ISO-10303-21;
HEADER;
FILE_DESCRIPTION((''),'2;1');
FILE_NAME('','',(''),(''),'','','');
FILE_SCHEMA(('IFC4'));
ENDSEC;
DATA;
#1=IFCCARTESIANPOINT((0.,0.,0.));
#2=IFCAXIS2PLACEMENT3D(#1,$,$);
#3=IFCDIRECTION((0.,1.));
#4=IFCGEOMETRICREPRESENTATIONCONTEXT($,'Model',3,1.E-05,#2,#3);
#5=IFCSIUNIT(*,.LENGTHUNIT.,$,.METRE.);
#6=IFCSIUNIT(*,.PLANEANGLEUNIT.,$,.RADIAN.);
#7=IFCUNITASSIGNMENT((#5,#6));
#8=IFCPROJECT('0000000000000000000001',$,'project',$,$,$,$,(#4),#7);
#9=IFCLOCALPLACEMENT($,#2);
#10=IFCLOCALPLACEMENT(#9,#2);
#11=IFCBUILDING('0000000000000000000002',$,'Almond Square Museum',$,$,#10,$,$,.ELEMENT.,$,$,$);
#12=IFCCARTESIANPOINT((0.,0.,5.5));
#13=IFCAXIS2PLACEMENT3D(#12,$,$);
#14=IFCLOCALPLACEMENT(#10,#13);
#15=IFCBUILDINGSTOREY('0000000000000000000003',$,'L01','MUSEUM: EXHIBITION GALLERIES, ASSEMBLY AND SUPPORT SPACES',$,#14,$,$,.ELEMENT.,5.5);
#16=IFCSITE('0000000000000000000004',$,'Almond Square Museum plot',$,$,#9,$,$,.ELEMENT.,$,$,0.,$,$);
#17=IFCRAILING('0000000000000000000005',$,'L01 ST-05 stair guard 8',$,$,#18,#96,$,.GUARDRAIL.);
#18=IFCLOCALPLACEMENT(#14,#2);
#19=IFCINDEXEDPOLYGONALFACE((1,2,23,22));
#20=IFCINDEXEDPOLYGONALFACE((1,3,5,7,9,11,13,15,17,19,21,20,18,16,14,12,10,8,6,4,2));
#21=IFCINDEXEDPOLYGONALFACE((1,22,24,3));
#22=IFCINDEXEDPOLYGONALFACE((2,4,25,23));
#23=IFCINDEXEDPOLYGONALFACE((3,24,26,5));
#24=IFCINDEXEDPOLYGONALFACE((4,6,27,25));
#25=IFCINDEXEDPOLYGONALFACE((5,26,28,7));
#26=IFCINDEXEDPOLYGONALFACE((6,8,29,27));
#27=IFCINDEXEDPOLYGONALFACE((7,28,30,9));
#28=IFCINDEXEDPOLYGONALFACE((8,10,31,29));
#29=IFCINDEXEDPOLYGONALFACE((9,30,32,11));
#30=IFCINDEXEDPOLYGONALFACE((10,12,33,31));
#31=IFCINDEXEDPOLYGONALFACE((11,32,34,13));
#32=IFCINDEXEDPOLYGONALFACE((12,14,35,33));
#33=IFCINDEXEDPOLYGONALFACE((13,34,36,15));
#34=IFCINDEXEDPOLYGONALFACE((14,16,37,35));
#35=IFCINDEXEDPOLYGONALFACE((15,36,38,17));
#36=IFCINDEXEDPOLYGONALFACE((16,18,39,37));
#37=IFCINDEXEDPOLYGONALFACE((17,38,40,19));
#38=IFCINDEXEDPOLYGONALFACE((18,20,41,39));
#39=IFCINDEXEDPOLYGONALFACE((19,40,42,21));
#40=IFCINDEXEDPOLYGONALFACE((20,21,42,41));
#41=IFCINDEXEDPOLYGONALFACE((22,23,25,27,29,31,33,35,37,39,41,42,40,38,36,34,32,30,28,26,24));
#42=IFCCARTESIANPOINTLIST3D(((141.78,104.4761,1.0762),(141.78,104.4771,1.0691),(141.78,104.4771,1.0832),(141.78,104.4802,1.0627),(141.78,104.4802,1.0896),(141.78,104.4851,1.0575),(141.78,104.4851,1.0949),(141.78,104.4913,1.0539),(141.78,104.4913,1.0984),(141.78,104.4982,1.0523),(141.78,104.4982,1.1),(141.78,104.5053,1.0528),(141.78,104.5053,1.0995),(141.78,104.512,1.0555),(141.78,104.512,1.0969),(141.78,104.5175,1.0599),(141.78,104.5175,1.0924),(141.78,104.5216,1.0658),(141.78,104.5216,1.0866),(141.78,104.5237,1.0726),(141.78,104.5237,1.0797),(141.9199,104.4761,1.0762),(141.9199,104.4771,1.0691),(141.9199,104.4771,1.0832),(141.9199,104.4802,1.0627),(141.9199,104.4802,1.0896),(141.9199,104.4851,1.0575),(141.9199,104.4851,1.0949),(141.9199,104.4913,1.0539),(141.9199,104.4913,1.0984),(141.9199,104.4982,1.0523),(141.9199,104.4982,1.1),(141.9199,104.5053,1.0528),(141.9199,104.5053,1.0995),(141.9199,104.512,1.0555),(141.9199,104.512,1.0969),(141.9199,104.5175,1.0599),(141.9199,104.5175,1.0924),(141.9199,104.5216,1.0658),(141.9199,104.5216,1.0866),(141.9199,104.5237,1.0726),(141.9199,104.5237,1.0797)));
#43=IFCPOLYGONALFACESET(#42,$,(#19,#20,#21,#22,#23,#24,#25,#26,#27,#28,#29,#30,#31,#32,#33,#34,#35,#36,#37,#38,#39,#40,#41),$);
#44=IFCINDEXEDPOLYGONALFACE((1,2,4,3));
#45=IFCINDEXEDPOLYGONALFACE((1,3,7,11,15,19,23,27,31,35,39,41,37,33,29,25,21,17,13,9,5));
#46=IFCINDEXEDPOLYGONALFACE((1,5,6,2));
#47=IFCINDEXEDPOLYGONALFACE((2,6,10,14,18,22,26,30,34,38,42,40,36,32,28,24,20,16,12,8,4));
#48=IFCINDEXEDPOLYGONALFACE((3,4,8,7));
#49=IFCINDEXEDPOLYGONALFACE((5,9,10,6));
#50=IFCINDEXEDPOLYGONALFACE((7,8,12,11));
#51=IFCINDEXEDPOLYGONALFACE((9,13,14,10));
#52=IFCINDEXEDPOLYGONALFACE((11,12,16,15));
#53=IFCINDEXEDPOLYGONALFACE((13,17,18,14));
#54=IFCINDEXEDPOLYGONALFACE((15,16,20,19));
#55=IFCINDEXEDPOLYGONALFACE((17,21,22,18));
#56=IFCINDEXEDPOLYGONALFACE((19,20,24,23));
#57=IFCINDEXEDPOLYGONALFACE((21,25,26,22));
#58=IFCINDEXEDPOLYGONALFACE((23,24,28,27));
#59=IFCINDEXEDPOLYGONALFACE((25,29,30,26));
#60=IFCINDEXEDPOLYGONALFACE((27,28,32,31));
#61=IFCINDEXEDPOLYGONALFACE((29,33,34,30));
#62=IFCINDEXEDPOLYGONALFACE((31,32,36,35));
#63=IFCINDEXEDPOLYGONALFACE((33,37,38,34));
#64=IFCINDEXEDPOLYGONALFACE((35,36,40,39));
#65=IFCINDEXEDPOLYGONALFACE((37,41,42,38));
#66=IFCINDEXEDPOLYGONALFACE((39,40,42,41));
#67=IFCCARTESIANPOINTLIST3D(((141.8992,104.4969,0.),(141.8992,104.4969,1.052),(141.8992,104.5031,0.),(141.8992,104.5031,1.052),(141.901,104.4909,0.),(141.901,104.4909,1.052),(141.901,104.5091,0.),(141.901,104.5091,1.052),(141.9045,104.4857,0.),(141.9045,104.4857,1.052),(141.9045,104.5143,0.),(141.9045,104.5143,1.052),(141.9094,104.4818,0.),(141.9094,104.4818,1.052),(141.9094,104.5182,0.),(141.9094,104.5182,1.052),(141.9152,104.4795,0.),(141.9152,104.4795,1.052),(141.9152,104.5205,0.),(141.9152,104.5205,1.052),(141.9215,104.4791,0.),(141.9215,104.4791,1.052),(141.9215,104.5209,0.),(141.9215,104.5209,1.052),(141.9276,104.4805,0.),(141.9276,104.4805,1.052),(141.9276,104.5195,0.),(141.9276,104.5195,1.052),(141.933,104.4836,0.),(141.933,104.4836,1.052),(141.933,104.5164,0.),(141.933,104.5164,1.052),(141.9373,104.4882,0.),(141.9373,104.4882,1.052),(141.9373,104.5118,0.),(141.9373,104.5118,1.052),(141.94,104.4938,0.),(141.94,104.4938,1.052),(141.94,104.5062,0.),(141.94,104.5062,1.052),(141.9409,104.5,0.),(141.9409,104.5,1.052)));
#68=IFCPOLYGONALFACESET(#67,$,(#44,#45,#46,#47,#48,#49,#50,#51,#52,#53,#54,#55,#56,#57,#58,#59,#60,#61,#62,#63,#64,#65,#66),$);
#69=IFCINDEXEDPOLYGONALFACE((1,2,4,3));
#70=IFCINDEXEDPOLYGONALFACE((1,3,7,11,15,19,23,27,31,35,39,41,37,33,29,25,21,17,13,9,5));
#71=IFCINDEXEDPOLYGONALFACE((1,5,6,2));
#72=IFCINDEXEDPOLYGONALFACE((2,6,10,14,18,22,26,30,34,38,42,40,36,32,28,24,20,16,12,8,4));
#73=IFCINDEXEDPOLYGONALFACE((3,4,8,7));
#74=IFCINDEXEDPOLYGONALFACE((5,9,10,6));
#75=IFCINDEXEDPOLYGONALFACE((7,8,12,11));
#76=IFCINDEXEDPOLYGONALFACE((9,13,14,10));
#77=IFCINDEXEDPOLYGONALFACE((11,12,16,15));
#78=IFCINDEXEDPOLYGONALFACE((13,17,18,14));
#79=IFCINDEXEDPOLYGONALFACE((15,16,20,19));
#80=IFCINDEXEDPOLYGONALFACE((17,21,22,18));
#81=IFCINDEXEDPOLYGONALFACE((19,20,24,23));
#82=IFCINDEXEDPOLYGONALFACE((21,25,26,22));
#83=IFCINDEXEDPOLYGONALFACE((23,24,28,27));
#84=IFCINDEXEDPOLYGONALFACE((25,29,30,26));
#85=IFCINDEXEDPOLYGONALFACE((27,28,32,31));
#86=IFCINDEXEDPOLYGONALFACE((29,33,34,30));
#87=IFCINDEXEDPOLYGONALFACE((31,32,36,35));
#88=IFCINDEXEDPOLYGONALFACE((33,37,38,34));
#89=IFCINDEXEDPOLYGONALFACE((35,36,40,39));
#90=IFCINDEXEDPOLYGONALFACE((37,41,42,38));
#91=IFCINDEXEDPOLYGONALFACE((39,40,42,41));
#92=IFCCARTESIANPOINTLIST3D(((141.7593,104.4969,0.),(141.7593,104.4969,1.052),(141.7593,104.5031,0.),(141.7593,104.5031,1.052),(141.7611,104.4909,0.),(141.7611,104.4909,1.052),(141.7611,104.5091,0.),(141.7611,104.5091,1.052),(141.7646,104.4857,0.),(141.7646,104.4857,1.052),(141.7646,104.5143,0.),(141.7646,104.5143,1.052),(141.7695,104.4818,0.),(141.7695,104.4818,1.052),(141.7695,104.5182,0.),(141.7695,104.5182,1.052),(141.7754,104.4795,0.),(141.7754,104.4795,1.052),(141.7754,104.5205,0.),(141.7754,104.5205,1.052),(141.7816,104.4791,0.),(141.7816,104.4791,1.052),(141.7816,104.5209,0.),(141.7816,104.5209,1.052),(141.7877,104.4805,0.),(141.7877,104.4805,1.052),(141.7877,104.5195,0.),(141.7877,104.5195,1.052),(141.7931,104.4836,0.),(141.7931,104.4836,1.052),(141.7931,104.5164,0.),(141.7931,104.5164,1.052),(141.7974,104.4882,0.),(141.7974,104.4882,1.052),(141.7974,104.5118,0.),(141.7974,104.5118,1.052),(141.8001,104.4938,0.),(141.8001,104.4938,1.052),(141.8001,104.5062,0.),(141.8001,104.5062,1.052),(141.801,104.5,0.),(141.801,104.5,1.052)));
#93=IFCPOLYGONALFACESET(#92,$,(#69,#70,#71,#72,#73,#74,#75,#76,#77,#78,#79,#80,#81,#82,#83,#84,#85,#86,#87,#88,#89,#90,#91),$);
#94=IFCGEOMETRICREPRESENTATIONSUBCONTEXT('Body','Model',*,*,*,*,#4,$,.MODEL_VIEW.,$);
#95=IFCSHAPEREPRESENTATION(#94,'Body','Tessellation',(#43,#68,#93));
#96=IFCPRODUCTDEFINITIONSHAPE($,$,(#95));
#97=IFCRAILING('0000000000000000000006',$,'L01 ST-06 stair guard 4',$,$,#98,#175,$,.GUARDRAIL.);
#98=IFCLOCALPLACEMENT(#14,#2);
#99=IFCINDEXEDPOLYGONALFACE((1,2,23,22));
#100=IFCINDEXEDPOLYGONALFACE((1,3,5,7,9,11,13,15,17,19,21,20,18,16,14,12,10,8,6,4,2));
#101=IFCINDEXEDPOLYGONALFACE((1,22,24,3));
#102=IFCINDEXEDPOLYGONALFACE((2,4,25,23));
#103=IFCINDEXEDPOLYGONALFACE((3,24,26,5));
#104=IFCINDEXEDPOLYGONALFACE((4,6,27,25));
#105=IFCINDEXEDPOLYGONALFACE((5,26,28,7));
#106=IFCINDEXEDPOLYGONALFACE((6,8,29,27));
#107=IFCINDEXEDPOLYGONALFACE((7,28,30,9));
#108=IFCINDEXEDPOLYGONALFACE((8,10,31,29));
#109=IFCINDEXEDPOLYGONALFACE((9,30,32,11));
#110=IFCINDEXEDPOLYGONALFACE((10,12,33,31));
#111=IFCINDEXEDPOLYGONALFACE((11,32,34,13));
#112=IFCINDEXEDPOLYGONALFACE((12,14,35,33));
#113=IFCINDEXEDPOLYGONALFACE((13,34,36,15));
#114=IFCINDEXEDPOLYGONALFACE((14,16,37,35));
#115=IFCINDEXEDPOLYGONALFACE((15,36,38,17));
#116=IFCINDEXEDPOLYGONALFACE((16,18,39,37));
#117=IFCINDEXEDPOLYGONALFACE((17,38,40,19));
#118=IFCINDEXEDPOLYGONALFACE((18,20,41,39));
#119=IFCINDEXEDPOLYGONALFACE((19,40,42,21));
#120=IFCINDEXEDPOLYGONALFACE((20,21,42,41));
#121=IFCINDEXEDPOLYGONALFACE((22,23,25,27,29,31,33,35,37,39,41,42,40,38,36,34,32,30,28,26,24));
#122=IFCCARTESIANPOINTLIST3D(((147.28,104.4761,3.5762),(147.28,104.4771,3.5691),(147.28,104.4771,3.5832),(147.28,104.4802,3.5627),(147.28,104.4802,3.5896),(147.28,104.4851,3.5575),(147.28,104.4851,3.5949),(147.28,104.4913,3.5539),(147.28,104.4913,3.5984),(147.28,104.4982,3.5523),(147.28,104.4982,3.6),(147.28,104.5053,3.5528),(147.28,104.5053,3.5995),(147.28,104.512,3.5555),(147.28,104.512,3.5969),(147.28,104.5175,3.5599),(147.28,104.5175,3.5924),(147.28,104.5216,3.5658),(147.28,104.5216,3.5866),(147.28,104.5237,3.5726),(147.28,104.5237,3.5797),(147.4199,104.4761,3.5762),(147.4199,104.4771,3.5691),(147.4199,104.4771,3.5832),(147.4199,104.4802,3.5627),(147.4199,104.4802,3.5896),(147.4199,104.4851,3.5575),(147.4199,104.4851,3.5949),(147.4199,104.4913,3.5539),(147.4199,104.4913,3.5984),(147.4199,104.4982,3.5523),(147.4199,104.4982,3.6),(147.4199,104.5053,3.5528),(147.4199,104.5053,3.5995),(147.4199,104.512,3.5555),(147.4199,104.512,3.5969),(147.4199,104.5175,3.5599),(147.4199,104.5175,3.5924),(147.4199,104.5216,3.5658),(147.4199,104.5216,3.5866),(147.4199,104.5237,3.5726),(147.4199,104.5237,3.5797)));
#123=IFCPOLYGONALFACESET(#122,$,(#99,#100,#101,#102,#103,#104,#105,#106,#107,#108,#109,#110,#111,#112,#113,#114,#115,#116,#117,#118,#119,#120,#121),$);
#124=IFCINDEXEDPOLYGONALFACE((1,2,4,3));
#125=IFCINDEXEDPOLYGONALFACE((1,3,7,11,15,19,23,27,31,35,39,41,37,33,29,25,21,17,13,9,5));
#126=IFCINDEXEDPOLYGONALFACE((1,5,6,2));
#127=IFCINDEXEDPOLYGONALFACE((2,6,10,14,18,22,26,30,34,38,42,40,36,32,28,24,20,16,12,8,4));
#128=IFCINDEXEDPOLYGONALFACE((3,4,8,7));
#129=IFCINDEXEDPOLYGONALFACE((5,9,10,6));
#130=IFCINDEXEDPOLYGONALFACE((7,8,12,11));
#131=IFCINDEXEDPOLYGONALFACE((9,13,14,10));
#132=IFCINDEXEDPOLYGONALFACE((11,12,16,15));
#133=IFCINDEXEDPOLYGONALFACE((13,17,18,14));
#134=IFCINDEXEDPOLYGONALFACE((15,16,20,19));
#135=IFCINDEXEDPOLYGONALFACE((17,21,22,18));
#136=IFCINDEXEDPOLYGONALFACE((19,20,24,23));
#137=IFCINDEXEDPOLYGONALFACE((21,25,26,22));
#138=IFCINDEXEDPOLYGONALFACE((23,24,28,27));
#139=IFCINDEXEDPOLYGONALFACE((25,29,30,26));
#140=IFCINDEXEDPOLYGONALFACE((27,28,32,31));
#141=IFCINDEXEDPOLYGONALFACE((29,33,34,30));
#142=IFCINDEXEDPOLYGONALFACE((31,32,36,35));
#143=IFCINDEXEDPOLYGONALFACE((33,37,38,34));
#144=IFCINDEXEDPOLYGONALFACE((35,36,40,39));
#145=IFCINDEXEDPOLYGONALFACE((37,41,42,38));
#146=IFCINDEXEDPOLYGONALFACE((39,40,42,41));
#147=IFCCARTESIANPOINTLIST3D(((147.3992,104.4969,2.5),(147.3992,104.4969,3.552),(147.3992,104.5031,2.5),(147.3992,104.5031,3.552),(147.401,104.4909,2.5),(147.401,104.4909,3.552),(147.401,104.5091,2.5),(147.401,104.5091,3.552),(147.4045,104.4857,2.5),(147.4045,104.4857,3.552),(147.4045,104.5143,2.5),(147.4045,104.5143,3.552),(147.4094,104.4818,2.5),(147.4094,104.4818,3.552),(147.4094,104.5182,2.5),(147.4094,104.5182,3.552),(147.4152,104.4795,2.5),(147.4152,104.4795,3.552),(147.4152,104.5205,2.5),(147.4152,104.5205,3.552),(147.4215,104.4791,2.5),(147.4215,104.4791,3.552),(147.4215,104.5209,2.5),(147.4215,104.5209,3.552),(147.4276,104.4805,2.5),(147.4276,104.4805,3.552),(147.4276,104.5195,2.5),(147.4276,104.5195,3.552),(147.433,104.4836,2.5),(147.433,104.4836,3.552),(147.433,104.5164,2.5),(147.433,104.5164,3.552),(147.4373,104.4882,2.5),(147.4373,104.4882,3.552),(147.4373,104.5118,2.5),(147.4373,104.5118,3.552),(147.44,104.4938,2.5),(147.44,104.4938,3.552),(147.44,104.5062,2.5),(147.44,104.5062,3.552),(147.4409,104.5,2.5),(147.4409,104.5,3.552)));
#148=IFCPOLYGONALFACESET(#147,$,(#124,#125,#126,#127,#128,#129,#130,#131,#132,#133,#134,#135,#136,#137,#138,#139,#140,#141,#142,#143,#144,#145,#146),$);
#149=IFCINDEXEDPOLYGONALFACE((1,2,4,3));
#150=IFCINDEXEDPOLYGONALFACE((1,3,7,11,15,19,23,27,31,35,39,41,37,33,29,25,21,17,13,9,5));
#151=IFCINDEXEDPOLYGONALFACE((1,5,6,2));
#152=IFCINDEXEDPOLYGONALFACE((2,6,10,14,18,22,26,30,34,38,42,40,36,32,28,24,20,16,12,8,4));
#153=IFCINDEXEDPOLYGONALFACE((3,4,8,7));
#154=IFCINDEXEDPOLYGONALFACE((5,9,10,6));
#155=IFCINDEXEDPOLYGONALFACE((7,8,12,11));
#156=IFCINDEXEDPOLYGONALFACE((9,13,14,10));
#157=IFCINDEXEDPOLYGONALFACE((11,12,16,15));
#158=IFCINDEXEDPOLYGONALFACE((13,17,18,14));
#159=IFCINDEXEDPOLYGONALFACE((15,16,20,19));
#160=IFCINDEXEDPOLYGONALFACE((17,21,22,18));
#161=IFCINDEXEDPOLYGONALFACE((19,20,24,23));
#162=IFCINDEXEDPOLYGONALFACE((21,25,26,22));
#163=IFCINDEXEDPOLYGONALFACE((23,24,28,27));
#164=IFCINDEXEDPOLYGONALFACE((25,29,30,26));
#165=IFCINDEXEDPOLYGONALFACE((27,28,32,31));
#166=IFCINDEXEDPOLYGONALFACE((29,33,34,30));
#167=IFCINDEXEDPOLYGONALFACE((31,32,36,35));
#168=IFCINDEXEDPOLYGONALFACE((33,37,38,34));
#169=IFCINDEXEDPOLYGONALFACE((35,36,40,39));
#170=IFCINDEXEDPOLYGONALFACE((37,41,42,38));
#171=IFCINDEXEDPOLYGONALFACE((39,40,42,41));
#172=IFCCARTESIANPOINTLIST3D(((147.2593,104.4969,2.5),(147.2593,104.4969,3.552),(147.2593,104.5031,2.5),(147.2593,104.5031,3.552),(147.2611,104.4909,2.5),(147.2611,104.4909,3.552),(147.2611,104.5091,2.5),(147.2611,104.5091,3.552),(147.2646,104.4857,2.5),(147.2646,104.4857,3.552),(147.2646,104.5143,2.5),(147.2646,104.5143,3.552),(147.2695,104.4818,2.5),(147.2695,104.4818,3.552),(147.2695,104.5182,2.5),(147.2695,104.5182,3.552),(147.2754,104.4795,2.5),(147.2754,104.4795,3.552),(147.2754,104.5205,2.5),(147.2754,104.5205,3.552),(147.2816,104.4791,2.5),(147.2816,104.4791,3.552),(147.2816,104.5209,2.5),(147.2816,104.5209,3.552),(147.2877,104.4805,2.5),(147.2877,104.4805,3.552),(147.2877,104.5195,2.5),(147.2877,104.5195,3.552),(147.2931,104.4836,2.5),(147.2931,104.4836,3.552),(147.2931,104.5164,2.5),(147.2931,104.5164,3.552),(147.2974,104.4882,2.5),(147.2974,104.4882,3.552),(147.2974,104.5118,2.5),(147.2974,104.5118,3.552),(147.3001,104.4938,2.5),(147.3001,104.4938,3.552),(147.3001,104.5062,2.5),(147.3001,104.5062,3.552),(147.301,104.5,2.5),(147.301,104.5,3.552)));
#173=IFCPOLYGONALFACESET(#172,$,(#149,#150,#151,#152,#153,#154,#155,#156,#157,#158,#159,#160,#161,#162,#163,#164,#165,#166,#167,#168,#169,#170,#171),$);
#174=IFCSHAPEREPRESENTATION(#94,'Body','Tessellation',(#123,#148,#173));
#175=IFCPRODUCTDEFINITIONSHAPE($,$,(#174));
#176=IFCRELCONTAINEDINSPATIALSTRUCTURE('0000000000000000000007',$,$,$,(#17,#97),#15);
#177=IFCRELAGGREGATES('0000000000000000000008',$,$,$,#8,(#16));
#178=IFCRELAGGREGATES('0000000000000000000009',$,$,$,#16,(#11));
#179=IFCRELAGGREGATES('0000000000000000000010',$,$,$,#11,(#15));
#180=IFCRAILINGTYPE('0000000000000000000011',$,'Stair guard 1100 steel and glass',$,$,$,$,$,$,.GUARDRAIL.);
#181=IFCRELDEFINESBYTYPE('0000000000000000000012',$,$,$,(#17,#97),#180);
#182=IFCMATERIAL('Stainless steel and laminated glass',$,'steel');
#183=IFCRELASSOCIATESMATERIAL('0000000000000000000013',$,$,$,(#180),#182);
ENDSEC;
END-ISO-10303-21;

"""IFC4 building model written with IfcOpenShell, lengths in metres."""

from ifc_helpers import new_model, si_unit, direction, frame, origin, origin_2d, place, context, subcontext, project, spatial, circle, extrude, material, type_object, element, save


model = new_model("IFC4")

# Units and contexts
model_context = context("Model", 3, precision=1e-05, world=origin(), true_north=direction((0.0, 1.0)))
body_context = subcontext(model_context, "Body", "Model", "MODEL_VIEW")
ifc_project = project(units=[si_unit("LENGTHUNIT", "METRE"), si_unit("PLANEANGLEUNIT", "RADIAN")], contexts=[model_context])

# Site, building, storey
site_placement = place(None, origin())
site = spatial("IfcSite", under=ifc_project, at=site_placement, Name="Almond Square Museum plot", CompositionType="ELEMENT", RefElevation=0.0)
building_placement = place(site_placement, origin())
building = spatial("IfcBuilding", under=site, at=building_placement, Name="Almond Square Museum", CompositionType="ELEMENT")
storey_placement = place(building_placement, frame((0.0, 0.0, 5.5)))
storey = spatial("IfcBuildingStorey", under=building, at=storey_placement, Name="L01", Description="MUSEUM: EXHIBITION GALLERIES, ASSEMBLY AND SUPPORT SPACES", CompositionType="ELEMENT", Elevation=5.5)

# Railings
ifc_material_1 = material(Name="Stainless steel and laminated glass", Category="steel")
railing_type = type_object("IfcRailingType", Name="Stair guard 1100 steel and glass", PredefinedType="GUARDRAIL", material=ifc_material_1)
for number, where, name in (
    (1, (141.9199, 104.5, 0.0), "L01 ST-05 stair guard 8"),
    (2, (147.4199, 104.5, 2.5), "L01 ST-06 stair guard 4"),
):
    element("IfcRailing", number, at=place(storey_placement, frame(where)), inside=storey, type_object=railing_type, Name=name, PredefinedType="GUARDRAIL", context=body_context, shape_type="SweptSolid", body=[
        extrude(circle(Radius=0.0239, at=origin_2d()), frame((0.0, 0.0, 1.0762), z_axis=(-1.0, 0.0, 0.0), x_axis=(0.0, -1.0, 0.0)), (0.0, 0.0, 1.0), 0.1399),
        extrude(circle(Radius=0.021, at=origin_2d()), origin(), (0.0, 0.0, 1.0), 1.052),
        extrude(circle(Radius=0.021, at=origin_2d()), frame((-0.1399, 0.0, 0.0)), (0.0, 0.0, 1.0), 1.052),
    ])

save(model, "model.ifc")
